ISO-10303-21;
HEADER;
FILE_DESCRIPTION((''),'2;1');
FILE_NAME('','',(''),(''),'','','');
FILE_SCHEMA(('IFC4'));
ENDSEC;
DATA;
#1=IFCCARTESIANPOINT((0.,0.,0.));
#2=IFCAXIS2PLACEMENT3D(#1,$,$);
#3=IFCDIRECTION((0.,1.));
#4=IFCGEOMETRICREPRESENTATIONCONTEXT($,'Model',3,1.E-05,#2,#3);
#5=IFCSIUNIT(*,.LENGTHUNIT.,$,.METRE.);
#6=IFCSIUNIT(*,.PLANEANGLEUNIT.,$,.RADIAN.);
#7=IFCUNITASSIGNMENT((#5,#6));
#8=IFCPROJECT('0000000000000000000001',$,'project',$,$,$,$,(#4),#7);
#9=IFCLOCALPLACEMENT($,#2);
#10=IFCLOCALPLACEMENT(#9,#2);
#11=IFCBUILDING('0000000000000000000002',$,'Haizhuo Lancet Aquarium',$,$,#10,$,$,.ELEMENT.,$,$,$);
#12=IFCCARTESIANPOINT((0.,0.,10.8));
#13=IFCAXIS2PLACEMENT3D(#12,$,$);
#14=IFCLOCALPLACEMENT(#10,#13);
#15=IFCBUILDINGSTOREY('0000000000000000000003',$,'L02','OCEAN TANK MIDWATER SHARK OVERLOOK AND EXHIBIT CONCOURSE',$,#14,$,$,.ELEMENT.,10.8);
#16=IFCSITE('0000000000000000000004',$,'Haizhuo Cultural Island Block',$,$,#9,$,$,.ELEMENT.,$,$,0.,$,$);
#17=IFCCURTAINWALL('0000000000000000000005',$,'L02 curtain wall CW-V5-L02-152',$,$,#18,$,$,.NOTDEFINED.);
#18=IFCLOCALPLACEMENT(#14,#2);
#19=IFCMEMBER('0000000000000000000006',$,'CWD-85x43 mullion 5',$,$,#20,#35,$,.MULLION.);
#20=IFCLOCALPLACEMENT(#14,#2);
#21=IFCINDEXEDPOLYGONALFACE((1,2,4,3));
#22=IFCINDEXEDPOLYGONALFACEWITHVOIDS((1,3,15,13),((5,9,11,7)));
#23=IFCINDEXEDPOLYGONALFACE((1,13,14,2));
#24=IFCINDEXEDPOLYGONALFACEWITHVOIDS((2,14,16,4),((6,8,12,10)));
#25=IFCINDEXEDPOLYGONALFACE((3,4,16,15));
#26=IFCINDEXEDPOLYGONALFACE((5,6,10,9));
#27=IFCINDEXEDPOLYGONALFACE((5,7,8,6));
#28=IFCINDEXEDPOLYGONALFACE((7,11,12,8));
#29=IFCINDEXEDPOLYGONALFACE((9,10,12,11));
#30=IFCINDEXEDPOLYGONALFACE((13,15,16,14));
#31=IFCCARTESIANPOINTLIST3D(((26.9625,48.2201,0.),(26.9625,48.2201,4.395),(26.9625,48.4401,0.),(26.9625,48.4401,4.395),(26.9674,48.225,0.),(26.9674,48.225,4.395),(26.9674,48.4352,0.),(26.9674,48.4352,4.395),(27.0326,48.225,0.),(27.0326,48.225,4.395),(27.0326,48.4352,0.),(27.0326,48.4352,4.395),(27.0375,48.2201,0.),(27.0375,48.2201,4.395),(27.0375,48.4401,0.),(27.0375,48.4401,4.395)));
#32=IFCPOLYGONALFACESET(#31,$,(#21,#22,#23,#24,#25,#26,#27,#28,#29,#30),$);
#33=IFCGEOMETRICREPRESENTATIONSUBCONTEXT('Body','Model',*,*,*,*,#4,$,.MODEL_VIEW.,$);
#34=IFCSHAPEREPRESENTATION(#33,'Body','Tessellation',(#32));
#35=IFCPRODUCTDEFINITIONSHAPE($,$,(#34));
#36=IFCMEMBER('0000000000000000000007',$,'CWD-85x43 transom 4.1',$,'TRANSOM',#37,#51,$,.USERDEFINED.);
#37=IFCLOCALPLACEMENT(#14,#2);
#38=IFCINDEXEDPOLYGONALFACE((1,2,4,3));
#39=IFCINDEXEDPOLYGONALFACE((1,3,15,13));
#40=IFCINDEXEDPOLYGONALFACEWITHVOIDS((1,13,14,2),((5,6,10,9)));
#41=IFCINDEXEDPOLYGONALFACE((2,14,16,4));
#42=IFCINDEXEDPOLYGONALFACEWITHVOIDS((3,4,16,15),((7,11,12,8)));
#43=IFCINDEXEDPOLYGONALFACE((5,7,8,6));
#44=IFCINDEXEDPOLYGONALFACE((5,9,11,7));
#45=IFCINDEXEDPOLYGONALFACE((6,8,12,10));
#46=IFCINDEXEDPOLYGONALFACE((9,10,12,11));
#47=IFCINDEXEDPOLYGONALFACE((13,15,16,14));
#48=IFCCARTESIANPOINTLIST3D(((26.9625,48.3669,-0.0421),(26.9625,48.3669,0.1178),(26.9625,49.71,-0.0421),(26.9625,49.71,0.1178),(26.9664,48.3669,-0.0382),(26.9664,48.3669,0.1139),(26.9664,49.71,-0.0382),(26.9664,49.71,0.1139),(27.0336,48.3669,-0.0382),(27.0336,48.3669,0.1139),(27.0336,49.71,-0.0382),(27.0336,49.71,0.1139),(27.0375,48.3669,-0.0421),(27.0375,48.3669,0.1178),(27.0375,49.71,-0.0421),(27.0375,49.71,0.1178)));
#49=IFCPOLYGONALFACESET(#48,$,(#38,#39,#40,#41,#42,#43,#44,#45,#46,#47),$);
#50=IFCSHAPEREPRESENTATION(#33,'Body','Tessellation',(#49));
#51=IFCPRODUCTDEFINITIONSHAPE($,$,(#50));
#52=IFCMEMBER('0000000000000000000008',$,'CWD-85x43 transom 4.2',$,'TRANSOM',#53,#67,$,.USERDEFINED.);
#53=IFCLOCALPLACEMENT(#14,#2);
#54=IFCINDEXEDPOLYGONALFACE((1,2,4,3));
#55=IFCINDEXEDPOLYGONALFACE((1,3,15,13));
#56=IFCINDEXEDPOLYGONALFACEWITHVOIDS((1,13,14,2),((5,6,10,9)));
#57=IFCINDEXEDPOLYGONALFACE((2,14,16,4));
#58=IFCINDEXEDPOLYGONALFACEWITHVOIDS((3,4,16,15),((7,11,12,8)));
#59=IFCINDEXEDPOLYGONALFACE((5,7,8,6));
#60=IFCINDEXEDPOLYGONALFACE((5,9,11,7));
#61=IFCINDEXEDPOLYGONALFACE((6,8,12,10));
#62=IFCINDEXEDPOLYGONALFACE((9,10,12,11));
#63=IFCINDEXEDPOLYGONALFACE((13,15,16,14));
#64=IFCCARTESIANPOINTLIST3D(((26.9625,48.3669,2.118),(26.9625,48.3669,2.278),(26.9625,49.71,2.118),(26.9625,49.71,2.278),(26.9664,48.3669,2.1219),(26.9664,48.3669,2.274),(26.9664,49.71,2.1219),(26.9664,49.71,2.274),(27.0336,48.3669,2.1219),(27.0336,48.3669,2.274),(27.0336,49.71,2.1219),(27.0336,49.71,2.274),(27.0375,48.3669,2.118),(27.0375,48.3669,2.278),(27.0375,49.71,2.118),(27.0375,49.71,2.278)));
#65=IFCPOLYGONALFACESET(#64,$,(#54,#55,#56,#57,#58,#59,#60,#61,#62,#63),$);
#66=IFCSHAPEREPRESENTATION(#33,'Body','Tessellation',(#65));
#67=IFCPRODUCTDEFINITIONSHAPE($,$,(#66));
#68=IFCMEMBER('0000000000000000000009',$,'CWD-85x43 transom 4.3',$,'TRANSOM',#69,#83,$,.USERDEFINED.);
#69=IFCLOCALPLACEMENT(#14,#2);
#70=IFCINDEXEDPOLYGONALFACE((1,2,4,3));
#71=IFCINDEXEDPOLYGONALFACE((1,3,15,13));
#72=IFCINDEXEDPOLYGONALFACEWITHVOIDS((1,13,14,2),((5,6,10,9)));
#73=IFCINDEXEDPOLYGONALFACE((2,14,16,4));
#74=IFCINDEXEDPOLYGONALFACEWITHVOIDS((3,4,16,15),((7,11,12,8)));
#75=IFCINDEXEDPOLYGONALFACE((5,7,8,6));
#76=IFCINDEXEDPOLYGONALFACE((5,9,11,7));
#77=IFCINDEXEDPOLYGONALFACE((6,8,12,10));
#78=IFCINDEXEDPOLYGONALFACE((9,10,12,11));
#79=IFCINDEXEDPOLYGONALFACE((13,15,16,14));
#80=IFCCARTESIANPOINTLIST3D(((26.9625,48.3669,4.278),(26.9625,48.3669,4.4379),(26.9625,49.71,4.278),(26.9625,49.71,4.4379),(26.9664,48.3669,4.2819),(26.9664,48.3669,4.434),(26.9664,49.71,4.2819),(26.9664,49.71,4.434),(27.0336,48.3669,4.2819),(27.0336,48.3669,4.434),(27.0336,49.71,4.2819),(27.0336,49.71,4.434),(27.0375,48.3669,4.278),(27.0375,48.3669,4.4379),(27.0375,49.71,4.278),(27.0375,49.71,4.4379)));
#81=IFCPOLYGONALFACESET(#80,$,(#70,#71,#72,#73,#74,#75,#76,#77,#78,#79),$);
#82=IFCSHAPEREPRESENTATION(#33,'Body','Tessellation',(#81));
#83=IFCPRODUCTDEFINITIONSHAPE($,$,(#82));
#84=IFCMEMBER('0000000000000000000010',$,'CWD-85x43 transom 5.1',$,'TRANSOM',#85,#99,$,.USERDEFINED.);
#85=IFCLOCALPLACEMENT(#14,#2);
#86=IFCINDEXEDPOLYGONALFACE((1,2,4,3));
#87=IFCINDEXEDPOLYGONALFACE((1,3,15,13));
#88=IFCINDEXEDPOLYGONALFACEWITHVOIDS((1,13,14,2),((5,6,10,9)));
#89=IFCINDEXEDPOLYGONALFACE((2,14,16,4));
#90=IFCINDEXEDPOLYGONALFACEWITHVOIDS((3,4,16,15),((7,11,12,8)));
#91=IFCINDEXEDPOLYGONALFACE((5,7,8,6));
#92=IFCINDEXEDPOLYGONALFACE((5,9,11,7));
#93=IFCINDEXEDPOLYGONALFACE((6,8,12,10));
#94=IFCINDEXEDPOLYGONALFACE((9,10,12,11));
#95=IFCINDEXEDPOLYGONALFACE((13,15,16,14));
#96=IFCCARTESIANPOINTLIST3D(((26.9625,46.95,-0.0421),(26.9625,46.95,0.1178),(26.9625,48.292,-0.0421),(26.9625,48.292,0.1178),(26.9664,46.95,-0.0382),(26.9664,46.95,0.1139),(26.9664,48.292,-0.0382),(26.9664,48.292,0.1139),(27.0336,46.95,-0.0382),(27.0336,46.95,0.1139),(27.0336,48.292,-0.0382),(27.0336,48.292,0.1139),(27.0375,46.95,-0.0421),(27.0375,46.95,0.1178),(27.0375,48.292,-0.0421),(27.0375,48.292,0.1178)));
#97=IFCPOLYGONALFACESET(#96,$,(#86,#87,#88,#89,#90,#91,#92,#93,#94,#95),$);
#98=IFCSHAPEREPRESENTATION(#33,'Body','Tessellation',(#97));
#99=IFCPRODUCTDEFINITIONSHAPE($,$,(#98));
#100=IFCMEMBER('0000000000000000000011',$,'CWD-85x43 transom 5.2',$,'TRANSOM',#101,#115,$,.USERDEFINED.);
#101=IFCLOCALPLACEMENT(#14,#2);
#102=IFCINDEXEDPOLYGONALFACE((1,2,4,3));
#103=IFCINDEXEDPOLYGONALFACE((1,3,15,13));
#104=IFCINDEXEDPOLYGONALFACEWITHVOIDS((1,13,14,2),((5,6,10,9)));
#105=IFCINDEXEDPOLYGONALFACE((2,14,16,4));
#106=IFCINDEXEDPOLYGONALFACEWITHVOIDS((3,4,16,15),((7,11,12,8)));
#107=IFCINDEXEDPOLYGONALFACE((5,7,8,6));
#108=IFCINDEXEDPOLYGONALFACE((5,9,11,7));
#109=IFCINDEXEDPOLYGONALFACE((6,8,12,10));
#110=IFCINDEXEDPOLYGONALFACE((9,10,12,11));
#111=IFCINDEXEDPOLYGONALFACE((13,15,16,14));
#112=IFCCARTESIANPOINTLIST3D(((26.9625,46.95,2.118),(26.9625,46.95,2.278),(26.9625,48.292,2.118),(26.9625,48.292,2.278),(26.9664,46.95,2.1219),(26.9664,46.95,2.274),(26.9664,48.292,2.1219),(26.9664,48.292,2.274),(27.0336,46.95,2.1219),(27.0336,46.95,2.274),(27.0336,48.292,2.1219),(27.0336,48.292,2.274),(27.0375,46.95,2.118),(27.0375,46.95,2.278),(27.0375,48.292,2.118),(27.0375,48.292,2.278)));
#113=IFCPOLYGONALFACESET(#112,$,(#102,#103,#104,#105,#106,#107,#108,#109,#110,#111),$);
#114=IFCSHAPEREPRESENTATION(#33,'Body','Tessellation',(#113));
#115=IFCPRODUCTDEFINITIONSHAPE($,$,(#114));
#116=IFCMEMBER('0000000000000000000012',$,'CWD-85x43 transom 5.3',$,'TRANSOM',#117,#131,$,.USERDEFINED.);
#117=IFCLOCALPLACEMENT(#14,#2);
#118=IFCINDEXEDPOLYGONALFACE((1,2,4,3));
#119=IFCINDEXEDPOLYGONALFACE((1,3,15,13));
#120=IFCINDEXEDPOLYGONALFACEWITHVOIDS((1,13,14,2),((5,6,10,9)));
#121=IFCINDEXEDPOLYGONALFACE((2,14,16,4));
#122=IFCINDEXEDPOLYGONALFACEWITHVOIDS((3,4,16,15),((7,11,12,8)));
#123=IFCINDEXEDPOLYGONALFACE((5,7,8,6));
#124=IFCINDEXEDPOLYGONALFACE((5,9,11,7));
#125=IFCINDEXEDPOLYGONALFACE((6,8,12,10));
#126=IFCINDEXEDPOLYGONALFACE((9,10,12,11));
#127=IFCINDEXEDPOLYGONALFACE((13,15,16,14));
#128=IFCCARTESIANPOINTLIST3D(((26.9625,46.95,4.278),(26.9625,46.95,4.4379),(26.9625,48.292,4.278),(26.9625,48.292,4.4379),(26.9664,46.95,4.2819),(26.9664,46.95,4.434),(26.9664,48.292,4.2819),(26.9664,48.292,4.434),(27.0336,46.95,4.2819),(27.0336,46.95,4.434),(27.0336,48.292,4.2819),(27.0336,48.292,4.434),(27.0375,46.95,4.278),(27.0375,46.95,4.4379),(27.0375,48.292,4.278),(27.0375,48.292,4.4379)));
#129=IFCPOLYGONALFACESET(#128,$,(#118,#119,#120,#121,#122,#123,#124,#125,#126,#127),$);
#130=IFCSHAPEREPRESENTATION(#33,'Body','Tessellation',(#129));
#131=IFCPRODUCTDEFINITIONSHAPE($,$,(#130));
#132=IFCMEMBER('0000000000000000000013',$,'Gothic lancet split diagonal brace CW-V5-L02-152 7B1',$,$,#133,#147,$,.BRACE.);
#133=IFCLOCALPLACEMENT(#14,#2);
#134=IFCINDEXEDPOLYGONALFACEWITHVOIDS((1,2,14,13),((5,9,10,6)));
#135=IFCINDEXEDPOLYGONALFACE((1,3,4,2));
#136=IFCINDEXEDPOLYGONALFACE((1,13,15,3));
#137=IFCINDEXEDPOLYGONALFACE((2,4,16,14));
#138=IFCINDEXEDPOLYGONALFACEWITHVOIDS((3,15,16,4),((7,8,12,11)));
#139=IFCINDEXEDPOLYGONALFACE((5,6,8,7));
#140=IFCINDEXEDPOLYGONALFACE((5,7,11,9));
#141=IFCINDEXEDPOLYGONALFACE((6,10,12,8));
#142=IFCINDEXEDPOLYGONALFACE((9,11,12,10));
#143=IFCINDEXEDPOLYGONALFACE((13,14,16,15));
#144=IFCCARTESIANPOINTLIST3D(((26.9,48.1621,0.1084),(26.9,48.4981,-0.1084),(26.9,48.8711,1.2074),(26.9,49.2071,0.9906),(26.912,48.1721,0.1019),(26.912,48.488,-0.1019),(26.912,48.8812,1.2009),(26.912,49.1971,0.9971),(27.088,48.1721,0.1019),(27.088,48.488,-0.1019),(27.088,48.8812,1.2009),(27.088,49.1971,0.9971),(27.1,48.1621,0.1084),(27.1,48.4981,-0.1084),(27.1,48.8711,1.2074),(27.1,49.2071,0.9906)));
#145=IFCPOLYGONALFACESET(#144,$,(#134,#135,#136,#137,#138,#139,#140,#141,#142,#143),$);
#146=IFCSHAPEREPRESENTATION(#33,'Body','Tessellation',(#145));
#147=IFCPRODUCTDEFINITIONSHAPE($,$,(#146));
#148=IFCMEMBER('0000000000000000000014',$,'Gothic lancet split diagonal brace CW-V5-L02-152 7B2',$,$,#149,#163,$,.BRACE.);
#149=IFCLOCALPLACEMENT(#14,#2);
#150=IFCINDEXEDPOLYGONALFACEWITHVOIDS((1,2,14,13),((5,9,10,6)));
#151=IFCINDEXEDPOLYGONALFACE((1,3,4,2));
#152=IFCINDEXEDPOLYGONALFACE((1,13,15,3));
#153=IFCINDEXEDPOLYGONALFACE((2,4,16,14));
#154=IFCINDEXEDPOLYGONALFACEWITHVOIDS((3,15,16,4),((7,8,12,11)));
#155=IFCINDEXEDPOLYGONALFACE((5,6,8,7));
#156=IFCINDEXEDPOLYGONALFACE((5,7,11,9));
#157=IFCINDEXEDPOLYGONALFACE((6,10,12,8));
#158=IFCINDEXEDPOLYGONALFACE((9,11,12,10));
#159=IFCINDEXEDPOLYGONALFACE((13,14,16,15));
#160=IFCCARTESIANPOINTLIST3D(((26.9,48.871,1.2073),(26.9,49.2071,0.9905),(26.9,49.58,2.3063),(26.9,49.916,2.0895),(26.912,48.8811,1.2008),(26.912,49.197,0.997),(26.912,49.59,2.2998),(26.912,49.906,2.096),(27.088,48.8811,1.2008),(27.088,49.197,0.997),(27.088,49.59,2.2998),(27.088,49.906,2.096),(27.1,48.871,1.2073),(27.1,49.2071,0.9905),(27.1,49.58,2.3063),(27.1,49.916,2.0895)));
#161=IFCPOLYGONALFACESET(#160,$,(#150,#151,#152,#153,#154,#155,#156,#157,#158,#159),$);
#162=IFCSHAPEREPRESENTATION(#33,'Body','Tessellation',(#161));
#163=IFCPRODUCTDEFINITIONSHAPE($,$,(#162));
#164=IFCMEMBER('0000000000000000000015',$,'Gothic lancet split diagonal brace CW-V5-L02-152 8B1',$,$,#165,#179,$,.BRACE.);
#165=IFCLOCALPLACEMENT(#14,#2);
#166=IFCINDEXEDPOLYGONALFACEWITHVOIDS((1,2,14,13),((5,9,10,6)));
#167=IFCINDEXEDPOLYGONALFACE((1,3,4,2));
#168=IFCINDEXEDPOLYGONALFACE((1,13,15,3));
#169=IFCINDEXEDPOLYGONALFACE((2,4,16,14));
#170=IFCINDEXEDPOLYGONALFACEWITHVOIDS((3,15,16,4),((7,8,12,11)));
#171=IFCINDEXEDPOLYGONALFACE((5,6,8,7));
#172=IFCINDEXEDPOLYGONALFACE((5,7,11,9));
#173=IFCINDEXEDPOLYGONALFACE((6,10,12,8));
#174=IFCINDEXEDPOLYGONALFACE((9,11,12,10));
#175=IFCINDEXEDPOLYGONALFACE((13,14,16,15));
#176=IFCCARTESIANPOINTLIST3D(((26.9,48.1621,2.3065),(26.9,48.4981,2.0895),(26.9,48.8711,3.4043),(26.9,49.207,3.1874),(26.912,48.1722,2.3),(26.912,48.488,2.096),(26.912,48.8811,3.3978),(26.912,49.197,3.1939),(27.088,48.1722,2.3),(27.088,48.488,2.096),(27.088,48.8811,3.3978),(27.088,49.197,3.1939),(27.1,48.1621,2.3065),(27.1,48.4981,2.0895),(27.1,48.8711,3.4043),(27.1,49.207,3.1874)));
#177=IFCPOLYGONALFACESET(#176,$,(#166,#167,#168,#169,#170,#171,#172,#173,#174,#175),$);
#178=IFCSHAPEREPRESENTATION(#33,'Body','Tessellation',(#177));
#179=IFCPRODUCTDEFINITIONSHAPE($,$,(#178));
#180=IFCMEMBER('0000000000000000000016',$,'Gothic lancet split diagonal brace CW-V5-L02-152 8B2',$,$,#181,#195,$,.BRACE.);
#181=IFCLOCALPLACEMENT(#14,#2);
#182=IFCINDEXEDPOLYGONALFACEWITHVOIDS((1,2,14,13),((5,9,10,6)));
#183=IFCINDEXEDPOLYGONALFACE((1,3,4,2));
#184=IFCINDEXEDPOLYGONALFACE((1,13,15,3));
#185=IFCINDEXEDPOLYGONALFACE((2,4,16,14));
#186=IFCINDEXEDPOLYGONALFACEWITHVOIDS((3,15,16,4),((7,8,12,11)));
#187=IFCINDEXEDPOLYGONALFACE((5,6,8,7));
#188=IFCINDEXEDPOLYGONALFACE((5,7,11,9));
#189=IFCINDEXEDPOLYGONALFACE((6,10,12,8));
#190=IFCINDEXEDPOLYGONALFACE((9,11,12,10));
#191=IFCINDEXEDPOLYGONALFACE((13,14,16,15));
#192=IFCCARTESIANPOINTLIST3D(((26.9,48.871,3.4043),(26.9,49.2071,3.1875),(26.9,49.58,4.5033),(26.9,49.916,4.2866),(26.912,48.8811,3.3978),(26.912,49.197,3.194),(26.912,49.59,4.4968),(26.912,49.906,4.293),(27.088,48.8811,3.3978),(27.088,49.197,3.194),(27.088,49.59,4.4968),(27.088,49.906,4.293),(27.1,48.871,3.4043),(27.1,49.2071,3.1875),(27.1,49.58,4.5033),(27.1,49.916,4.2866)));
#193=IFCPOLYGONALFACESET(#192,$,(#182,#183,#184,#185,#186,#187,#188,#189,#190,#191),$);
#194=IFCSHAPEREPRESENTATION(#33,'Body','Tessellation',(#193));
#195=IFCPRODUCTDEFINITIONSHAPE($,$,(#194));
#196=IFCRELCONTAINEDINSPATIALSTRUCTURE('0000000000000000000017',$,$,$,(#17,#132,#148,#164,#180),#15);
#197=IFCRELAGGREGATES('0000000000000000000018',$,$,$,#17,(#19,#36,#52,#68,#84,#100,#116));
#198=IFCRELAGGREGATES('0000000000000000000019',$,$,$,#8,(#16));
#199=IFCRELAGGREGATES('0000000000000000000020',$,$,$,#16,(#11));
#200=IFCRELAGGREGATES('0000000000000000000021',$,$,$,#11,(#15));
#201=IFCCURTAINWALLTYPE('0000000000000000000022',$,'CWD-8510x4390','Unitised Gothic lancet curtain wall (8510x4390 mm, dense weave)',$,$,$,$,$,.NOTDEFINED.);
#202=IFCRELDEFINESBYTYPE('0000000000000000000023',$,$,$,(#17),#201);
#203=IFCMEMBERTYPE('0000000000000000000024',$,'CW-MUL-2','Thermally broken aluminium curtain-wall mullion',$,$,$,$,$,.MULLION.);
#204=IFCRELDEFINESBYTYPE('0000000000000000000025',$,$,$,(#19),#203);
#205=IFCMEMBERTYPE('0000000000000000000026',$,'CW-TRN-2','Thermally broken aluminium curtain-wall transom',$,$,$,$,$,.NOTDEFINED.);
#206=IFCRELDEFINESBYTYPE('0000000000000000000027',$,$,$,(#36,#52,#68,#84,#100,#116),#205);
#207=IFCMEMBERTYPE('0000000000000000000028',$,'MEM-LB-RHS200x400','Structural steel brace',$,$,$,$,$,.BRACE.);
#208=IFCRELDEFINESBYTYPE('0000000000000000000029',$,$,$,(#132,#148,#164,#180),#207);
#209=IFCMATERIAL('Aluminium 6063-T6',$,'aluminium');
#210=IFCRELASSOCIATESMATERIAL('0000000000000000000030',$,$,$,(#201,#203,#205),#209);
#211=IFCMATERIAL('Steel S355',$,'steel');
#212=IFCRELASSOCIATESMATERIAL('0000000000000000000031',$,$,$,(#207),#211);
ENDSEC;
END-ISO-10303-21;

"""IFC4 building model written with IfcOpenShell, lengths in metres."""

from ifc_helpers import new_model, si_unit, direction, frame, origin, origin_2d, place, context, subcontext, project, spatial, hollow_rectangle, extrude, material, material_profile, profile_set, type_object, element, aggregate, save


model = new_model("IFC4")

# Units and contexts
model_context = context("Model", 3, precision=1e-05, world=origin(), true_north=direction((0.0, 1.0)))
body_context = subcontext(model_context, "Body", "Model", "MODEL_VIEW")
ifc_project = project(units=[si_unit("LENGTHUNIT", "METRE"), si_unit("PLANEANGLEUNIT", "RADIAN")], contexts=[model_context])

# Site, building, storey
site_placement = place(None, origin())
site = spatial("IfcSite", under=ifc_project, at=site_placement, Name="Haizhuo Cultural Island Block", CompositionType="ELEMENT", RefElevation=0.0)
building_placement = place(site_placement, origin())
building = spatial("IfcBuilding", under=site, at=building_placement, Name="Haizhuo Lancet Aquarium", CompositionType="ELEMENT")
storey_placement = place(building_placement, frame((0.0, 0.0, 10.8)))
storey = spatial("IfcBuildingStorey", under=building, at=storey_placement, Name="L02", Description="OCEAN TANK MIDWATER SHARK OVERLOOK AND EXHIBIT CONCOURSE", CompositionType="ELEMENT", Elevation=10.8)

# Curtain wall, members
ifc_material_1 = material(Name="Aluminium 6063-T6", Category="aluminium")
curtain_wall_type = type_object("IfcCurtainWallType", Name="CWD-8510x4390", Description="Unitised Gothic lancet curtain wall (8510x4390 mm, dense weave)", PredefinedType="NOTDEFINED", material=ifc_material_1)
curtain_wall_placement = place(storey_placement, origin())
curtain_wall = element("IfcCurtainWall", 1, at=curtain_wall_placement, inside=storey, type_object=curtain_wall_type, Name="L02 curtain wall CW-V5-L02-152", PredefinedType="NOTDEFINED")
ifc_material_profile_1 = material_profile(ifc_material_1, hollow_rectangle(XDim=0.075, YDim=0.22, WallThickness=0.0049, at=origin_2d()), Name="ALU-M 75x220x5")
ifc_profile_set_1 = profile_set([ifc_material_profile_1], Name="Aluminium 6063-T6")
member_type_1 = type_object("IfcMemberType", Name="CW-MUL-2", Description="Thermally broken aluminium curtain-wall mullion", PredefinedType="MULLION", material=ifc_profile_set_1)
member_1_placement = place(storey_placement, frame((27.0, 48.3301, 0.0), z_axis=(0.0, 0.0, 1.0), x_axis=(1.0, 0.0, 0.0)))
member_1 = element("IfcMember", 2, at=member_1_placement, type_object=member_type_1, Name="CWD-85x43 mullion 5", PredefinedType="MULLION", context=body_context, shape_type="SweptSolid", body=[
    extrude(hollow_rectangle(XDim=0.075, YDim=0.22, WallThickness=0.0049, at=origin_2d()), origin(), (0.0, 0.0, 1.0), 4.395),
])
ifc_material_profile_2 = material_profile(ifc_material_1, hollow_rectangle(XDim=0.075, YDim=0.1599, WallThickness=0.0039, at=origin_2d()), Name="ALU-T 75x160x4")
ifc_profile_set_2 = profile_set([ifc_material_profile_2], Name="Aluminium 6063-T6")
member_type_2 = type_object("IfcMemberType", Name="CW-TRN-2", Description="Thermally broken aluminium curtain-wall transom", PredefinedType="NOTDEFINED", material=ifc_profile_set_2)
member_2_placement = place(storey_placement, frame((27.0, 49.71, 0.0378), z_axis=(0.0, -1.0, 0.0), x_axis=(1.0, 0.0, 0.0)))
member_2 = element("IfcMember", 3, at=member_2_placement, type_object=member_type_2, Name="CWD-85x43 transom 4.1", ObjectType="TRANSOM", PredefinedType="USERDEFINED", context=body_context, shape_type="SweptSolid", body=[
    extrude(hollow_rectangle(XDim=0.075, YDim=0.1599, WallThickness=0.0039, at=origin_2d()), origin(), (0.0, 0.0, 1.0), 1.343),
])
member_3_placement = place(storey_placement, frame((27.0, 49.71, 2.198), z_axis=(0.0, -1.0, 0.0), x_axis=(1.0, 0.0, 0.0)))
member_3 = element("IfcMember", 4, at=member_3_placement, type_object=member_type_2, Name="CWD-85x43 transom 4.2", ObjectType="TRANSOM", PredefinedType="USERDEFINED", context=body_context, shape_type="SweptSolid", body=[
    extrude(hollow_rectangle(XDim=0.075, YDim=0.1599, WallThickness=0.0039, at=origin_2d()), origin(), (0.0, 0.0, 1.0), 1.343),
])
member_4_placement = place(storey_placement, frame((27.0, 49.71, 4.3579), z_axis=(0.0, -1.0, 0.0), x_axis=(1.0, 0.0, 0.0)))
member_4 = element("IfcMember", 5, at=member_4_placement, type_object=member_type_2, Name="CWD-85x43 transom 4.3", ObjectType="TRANSOM", PredefinedType="USERDEFINED", context=body_context, shape_type="SweptSolid", body=[
    extrude(hollow_rectangle(XDim=0.075, YDim=0.1599, WallThickness=0.0039, at=origin_2d()), origin(), (0.0, 0.0, 1.0), 1.343),
])
member_5_placement = place(storey_placement, frame((27.0, 48.292, 0.0378), z_axis=(0.0, -1.0, 0.0), x_axis=(1.0, 0.0, 0.0)))
member_5 = element("IfcMember", 6, at=member_5_placement, type_object=member_type_2, Name="CWD-85x43 transom 5.1", ObjectType="TRANSOM", PredefinedType="USERDEFINED", context=body_context, shape_type="SweptSolid", body=[
    extrude(hollow_rectangle(XDim=0.075, YDim=0.1599, WallThickness=0.0039, at=origin_2d()), origin(), (0.0, 0.0, 1.0), 1.342),
])
member_6_placement = place(storey_placement, frame((27.0, 48.292, 2.198), z_axis=(0.0, -1.0, 0.0), x_axis=(1.0, 0.0, 0.0)))
member_6 = element("IfcMember", 7, at=member_6_placement, type_object=member_type_2, Name="CWD-85x43 transom 5.2", ObjectType="TRANSOM", PredefinedType="USERDEFINED", context=body_context, shape_type="SweptSolid", body=[
    extrude(hollow_rectangle(XDim=0.075, YDim=0.1599, WallThickness=0.0039, at=origin_2d()), origin(), (0.0, 0.0, 1.0), 1.342),
])
member_7_placement = place(storey_placement, frame((27.0, 48.292, 4.3579), z_axis=(0.0, -1.0, 0.0), x_axis=(1.0, 0.0, 0.0)))
member_7 = element("IfcMember", 8, at=member_7_placement, type_object=member_type_2, Name="CWD-85x43 transom 5.3", ObjectType="TRANSOM", PredefinedType="USERDEFINED", context=body_context, shape_type="SweptSolid", body=[
    extrude(hollow_rectangle(XDim=0.075, YDim=0.1599, WallThickness=0.0039, at=origin_2d()), origin(), (0.0, 0.0, 1.0), 1.342),
])

# Members
ifc_material_2 = material(Name="Steel S355", Category="steel")
ifc_material_profile_3 = material_profile(ifc_material_2, hollow_rectangle(XDim=0.2, YDim=0.3999, WallThickness=0.012, at=origin_2d()), Name="RHS 200x400x12")
ifc_profile_set_3 = profile_set([ifc_material_profile_3], Name="Steel S355")
member_type_3 = type_object("IfcMemberType", Name="MEM-LB-RHS200x400", Description="Structural steel brace", PredefinedType="BRACE", material=ifc_profile_set_3)
for number, where, z_axis, x_axis, name in (
    (9, (27.0, 48.3301, 0.0), (0.0, 0.542144, 0.840286), (-1.0, 0.0, 0.0), "Gothic lancet split diagonal brace CW-V5-L02-152 7B1"),
    (10, (27.0, 49.0391, 1.0989), (0.0, 0.542059, 0.840341), (-1.0, 0.0, 0.0), "Gothic lancet split diagonal brace CW-V5-L02-152 7B2"),
):
    element("IfcMember", number, at=place(storey_placement, frame(where, z_axis=z_axis, x_axis=x_axis)), inside=storey, type_object=member_type_3, Name=name, PredefinedType="BRACE", context=body_context, shape_type="SweptSolid", body=[
        extrude(hollow_rectangle(XDim=0.2, YDim=0.3999, WallThickness=0.012, at=origin_2d()), origin(), (0.0, 0.0, 1.0), 1.3079),
    ])
member_8_placement = place(storey_placement, frame((27.0, 48.3301, 2.198), z_axis=(0.0, 0.542484, 0.840066), x_axis=(-1.0, 0.0, 0.0)))
element("IfcMember", 11, at=member_8_placement, inside=storey, type_object=member_type_3, Name="Gothic lancet split diagonal brace CW-V5-L02-152 8B1", PredefinedType="BRACE", context=body_context, shape_type="SweptSolid", body=[
    extrude(hollow_rectangle(XDim=0.2, YDim=0.3999, WallThickness=0.012, at=origin_2d()), origin(), (0.0, 0.0, 1.0), 1.3069),
])
member_9_placement = place(storey_placement, frame((27.0, 49.0391, 3.2959), z_axis=(0.0, 0.542059, 0.840341), x_axis=(-1.0, 0.0, 0.0)))
element("IfcMember", 12, at=member_9_placement, inside=storey, type_object=member_type_3, Name="Gothic lancet split diagonal brace CW-V5-L02-152 8B2", PredefinedType="BRACE", context=body_context, shape_type="SweptSolid", body=[
    extrude(hollow_rectangle(XDim=0.2, YDim=0.3999, WallThickness=0.012, at=origin_2d()), origin(), (0.0, 0.0, 1.0), 1.3079),
])

aggregate(curtain_wall, [member_1, member_2, member_3, member_4, member_5, member_6, member_7])

save(model, "model.ifc")
